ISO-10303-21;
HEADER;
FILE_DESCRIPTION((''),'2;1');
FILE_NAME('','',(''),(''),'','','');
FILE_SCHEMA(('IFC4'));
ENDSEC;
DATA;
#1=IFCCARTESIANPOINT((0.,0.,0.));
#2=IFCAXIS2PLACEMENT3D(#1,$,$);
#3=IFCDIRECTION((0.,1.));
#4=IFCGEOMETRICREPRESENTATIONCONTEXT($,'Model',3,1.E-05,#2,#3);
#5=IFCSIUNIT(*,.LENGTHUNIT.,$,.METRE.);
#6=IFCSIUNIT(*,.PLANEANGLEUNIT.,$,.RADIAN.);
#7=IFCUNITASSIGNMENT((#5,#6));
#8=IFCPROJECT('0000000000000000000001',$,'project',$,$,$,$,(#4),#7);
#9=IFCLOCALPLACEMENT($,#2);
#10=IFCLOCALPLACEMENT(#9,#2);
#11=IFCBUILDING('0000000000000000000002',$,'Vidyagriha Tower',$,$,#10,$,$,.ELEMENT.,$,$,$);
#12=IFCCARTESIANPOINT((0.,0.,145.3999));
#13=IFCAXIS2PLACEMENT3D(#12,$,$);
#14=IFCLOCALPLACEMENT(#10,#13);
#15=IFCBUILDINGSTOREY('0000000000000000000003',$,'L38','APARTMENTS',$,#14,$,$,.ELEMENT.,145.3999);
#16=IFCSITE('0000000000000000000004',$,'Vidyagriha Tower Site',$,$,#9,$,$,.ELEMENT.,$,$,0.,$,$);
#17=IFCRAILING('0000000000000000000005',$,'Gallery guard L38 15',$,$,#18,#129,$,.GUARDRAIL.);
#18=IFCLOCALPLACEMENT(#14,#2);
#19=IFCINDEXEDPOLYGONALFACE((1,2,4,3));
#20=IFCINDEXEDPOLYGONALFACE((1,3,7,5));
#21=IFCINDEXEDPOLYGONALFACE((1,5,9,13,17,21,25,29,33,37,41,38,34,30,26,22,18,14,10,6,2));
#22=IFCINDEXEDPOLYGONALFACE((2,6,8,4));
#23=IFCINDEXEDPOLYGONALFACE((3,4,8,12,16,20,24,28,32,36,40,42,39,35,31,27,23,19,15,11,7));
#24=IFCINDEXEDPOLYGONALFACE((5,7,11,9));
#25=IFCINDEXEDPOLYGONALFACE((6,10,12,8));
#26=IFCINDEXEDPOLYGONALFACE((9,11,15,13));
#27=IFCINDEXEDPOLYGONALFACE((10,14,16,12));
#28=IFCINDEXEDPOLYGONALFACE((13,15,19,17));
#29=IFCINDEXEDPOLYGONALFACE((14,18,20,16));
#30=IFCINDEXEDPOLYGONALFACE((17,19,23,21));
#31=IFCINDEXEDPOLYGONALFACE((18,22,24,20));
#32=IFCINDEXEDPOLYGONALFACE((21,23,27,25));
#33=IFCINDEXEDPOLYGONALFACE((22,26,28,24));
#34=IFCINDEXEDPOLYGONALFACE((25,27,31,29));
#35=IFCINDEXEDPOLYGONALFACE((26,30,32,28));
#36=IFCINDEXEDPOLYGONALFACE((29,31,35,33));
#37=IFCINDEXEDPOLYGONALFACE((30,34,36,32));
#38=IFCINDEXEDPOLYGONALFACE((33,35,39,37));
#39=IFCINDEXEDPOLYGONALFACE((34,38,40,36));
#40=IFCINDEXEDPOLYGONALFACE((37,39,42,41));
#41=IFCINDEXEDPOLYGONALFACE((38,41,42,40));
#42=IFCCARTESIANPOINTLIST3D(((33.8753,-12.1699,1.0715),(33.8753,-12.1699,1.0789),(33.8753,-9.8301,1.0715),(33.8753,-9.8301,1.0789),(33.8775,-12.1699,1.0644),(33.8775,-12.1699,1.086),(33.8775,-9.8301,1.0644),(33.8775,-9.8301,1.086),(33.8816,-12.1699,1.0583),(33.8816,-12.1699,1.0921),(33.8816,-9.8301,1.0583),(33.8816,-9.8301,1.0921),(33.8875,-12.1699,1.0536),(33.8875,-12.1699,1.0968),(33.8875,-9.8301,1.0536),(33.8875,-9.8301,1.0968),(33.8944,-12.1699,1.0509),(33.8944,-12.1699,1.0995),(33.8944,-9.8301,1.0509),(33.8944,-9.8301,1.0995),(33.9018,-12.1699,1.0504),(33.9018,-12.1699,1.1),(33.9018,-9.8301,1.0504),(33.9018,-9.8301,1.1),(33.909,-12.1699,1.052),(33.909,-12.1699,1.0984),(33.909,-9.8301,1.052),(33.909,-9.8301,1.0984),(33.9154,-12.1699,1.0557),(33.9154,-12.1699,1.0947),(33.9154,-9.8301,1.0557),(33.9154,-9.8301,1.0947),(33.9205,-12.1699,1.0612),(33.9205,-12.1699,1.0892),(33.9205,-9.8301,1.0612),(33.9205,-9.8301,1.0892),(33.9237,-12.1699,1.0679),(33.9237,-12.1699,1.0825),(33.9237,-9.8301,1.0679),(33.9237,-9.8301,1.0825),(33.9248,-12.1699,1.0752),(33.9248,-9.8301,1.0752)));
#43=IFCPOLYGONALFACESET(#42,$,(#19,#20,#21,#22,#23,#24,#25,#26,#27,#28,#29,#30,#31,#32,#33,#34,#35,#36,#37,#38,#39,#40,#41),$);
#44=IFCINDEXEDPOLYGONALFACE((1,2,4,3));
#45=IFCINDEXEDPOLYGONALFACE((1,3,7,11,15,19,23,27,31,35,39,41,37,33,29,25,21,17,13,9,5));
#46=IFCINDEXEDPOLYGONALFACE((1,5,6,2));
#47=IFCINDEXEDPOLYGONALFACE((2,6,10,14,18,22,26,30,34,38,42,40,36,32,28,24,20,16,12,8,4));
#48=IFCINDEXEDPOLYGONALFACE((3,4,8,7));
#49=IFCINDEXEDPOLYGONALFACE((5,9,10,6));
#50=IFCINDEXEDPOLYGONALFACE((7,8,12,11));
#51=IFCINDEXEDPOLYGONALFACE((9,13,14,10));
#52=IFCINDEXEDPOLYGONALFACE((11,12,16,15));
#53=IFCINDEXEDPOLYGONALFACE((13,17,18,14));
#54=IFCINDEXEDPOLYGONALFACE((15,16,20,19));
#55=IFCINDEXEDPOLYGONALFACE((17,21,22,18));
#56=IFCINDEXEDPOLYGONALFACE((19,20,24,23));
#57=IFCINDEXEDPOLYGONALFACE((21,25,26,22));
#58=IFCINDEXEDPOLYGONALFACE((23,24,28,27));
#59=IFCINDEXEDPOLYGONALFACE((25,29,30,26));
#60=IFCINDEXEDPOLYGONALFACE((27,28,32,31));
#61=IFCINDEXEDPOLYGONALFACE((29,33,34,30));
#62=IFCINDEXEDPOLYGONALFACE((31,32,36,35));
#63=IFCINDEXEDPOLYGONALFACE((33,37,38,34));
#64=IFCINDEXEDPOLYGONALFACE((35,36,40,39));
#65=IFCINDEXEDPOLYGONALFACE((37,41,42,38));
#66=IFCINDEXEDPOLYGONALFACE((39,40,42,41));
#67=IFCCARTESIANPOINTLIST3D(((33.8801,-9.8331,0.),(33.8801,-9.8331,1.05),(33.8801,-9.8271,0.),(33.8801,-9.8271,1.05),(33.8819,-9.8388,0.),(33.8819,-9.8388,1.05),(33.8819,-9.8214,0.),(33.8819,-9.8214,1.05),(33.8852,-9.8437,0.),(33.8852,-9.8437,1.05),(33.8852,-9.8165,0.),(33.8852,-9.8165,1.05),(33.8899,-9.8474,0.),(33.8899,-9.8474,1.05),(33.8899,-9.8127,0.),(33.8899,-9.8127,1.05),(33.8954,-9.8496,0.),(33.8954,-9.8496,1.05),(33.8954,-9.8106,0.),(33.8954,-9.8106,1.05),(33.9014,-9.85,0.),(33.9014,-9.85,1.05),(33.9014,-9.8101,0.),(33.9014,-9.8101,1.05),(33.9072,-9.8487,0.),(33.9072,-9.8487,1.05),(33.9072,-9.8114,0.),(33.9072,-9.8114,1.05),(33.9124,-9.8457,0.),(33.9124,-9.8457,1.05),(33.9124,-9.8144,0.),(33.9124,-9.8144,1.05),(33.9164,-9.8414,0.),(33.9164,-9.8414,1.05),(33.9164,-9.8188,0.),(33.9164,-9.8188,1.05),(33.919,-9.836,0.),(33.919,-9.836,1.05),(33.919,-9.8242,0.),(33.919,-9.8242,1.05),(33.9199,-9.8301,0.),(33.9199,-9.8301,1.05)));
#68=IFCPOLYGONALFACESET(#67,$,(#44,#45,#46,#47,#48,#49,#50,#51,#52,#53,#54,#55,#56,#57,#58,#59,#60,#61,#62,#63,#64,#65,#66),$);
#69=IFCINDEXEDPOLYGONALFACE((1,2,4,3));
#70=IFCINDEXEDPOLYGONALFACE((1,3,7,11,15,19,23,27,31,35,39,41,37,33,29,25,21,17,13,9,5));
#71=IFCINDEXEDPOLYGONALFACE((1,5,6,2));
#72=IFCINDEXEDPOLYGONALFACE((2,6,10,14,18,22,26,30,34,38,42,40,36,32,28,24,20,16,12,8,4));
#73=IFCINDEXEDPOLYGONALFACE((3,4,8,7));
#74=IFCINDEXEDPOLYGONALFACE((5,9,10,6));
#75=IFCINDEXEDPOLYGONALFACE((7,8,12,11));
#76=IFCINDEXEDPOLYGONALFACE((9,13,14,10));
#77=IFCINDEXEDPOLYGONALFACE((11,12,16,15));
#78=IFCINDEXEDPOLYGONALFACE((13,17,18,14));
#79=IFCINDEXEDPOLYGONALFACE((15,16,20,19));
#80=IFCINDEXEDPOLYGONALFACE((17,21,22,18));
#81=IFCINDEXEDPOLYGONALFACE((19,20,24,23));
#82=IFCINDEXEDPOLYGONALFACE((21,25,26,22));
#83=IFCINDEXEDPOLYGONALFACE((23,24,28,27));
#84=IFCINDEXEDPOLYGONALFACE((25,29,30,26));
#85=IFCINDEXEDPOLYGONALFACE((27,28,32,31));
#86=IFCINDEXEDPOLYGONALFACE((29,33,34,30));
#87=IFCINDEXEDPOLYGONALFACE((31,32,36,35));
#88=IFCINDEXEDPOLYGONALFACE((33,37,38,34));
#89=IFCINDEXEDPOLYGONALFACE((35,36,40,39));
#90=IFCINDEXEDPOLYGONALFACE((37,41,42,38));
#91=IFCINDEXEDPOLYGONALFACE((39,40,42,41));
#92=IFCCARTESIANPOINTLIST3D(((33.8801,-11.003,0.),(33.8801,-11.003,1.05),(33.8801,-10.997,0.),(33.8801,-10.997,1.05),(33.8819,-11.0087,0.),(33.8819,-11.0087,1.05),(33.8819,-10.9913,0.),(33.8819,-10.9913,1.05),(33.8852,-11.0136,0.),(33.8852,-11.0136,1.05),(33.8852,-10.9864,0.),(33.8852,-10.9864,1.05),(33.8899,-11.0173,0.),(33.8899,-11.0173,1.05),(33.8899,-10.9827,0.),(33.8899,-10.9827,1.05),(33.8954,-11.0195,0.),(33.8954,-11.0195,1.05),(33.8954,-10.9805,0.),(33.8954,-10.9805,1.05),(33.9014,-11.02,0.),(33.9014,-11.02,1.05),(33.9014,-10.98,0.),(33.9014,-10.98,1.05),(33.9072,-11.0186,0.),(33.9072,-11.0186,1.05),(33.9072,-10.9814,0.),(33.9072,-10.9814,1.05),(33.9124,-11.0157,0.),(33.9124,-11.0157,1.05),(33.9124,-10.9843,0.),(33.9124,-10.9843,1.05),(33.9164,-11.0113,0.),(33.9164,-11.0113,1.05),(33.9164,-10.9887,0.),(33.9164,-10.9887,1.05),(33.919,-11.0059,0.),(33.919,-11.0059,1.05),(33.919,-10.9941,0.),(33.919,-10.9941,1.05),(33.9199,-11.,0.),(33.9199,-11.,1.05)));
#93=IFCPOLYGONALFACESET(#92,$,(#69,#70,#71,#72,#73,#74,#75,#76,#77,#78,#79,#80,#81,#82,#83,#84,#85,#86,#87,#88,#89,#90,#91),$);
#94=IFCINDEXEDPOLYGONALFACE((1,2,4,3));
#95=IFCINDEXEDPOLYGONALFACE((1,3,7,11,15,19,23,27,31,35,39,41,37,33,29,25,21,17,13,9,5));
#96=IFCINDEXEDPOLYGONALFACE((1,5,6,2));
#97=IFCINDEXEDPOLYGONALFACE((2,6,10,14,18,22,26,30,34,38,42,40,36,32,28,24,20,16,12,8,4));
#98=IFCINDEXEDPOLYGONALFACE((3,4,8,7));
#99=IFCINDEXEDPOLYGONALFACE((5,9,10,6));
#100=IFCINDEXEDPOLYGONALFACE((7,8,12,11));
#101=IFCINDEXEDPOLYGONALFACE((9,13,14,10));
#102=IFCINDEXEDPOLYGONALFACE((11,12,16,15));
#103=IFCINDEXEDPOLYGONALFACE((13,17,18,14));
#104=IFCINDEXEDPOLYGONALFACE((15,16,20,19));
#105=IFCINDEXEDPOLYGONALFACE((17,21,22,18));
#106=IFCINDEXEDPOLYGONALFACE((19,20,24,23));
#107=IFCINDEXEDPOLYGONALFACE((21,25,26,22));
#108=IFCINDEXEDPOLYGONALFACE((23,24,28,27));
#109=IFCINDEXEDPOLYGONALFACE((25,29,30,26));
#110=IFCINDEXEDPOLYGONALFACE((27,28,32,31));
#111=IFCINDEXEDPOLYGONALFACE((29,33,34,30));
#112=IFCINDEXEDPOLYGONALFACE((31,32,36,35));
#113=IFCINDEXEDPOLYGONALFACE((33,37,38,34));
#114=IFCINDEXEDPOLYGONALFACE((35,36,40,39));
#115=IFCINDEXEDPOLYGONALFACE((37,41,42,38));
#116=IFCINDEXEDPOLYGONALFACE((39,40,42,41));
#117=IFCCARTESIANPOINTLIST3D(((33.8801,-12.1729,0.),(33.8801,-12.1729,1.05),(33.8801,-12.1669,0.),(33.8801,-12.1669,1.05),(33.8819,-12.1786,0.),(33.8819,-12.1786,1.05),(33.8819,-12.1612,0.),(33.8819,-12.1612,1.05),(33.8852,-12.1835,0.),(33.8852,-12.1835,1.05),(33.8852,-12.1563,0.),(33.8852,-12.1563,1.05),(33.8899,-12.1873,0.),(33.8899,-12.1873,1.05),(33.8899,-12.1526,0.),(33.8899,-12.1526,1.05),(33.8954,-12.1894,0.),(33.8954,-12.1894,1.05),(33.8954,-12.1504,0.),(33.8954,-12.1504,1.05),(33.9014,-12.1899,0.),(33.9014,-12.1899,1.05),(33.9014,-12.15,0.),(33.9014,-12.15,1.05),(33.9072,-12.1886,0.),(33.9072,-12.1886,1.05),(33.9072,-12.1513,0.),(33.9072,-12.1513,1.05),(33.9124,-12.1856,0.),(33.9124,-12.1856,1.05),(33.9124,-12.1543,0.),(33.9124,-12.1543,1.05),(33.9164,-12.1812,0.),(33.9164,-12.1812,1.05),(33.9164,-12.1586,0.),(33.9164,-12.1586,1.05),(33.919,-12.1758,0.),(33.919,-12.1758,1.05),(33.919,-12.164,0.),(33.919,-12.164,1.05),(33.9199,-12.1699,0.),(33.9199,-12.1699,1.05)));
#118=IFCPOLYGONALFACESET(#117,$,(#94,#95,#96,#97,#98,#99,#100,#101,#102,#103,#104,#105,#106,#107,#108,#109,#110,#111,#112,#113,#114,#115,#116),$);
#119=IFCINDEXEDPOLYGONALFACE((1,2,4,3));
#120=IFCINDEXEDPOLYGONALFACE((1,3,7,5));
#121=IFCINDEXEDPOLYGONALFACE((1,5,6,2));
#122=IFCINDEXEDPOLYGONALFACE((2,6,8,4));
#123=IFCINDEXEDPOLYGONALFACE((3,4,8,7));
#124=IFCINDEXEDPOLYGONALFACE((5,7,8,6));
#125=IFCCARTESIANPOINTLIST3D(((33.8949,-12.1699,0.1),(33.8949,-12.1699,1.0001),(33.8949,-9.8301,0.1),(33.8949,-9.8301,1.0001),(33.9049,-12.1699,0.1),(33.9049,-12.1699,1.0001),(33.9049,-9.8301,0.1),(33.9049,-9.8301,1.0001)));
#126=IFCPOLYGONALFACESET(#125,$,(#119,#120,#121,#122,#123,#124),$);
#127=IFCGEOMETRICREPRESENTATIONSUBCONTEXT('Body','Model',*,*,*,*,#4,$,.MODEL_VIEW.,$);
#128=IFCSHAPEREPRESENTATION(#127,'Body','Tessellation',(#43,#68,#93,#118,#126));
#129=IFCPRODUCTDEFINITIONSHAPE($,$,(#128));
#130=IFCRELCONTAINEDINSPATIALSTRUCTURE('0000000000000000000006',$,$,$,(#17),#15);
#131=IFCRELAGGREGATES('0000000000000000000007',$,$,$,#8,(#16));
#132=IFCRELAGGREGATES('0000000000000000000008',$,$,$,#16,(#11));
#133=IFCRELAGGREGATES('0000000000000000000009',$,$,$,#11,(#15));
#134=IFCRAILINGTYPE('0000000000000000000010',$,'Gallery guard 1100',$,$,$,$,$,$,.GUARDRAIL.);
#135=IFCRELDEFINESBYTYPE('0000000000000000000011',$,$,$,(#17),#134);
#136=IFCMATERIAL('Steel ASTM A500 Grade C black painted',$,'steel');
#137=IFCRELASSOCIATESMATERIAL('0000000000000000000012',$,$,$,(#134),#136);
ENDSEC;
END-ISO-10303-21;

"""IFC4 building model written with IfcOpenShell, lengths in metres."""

from ifc_helpers import new_model, si_unit, direction, frame, origin, origin_2d, place, context, subcontext, project, spatial, rectangle, circle, extrude, material, type_object, element, save


model = new_model("IFC4")

# Units and contexts
model_context = context("Model", 3, precision=1e-05, world=origin(), true_north=direction((0.0, 1.0)))
body_context = subcontext(model_context, "Body", "Model", "MODEL_VIEW")
ifc_project = project(units=[si_unit("LENGTHUNIT", "METRE"), si_unit("PLANEANGLEUNIT", "RADIAN")], contexts=[model_context])

# Site, building, storey
site_placement = place(None, origin())
site = spatial("IfcSite", under=ifc_project, at=site_placement, Name="Vidyagriha Tower Site", CompositionType="ELEMENT", RefElevation=0.0)
building_placement = place(site_placement, origin())
building = spatial("IfcBuilding", under=site, at=building_placement, Name="Vidyagriha Tower", CompositionType="ELEMENT")
storey_placement = place(building_placement, frame((0.0, 0.0, 145.3999)))
storey = spatial("IfcBuildingStorey", under=building, at=storey_placement, Name="L38", Description="APARTMENTS", CompositionType="ELEMENT", Elevation=145.3999)

# Railing
ifc_material_1 = material(Name="Steel ASTM A500 Grade C black painted", Category="steel")
railing_type_1 = type_object("IfcRailingType", Name="Gallery guard 1100", PredefinedType="GUARDRAIL", material=ifc_material_1)
railing_1_placement = place(storey_placement, frame((33.8999, -9.8301, 0.0)))
element("IfcRailing", 1, at=railing_1_placement, inside=storey, type_object=railing_type_1, Name="Gallery guard L38 15", PredefinedType="GUARDRAIL", context=body_context, shape_type="SweptSolid", body=[
    extrude(circle(Radius=0.0249, at=origin_2d()), frame((0.0, 0.0, 1.0752), z_axis=(0.0, -1.0, 0.0), x_axis=(1.0, 0.0, 0.0)), (0.0, 0.0, 1.0), 2.3398),
    extrude(circle(Radius=0.02, at=origin_2d()), origin(), (0.0, 0.0, 1.0), 1.05),
    extrude(circle(Radius=0.02, at=origin_2d()), frame((0.0, -1.1699, 0.0)), (0.0, 0.0, 1.0), 1.05),
    extrude(circle(Radius=0.02, at=origin_2d()), frame((0.0, -2.3398, 0.0)), (0.0, 0.0, 1.0), 1.05),
    extrude(rectangle(XDim=0.01, YDim=0.9001, at=origin_2d()), frame((0.0, 0.0, 0.55), z_axis=(0.0, -1.0, 0.0), x_axis=(1.0, 0.0, 0.0)), (0.0, 0.0, 1.0), 2.3398),
])

save(model, "model.ifc")
